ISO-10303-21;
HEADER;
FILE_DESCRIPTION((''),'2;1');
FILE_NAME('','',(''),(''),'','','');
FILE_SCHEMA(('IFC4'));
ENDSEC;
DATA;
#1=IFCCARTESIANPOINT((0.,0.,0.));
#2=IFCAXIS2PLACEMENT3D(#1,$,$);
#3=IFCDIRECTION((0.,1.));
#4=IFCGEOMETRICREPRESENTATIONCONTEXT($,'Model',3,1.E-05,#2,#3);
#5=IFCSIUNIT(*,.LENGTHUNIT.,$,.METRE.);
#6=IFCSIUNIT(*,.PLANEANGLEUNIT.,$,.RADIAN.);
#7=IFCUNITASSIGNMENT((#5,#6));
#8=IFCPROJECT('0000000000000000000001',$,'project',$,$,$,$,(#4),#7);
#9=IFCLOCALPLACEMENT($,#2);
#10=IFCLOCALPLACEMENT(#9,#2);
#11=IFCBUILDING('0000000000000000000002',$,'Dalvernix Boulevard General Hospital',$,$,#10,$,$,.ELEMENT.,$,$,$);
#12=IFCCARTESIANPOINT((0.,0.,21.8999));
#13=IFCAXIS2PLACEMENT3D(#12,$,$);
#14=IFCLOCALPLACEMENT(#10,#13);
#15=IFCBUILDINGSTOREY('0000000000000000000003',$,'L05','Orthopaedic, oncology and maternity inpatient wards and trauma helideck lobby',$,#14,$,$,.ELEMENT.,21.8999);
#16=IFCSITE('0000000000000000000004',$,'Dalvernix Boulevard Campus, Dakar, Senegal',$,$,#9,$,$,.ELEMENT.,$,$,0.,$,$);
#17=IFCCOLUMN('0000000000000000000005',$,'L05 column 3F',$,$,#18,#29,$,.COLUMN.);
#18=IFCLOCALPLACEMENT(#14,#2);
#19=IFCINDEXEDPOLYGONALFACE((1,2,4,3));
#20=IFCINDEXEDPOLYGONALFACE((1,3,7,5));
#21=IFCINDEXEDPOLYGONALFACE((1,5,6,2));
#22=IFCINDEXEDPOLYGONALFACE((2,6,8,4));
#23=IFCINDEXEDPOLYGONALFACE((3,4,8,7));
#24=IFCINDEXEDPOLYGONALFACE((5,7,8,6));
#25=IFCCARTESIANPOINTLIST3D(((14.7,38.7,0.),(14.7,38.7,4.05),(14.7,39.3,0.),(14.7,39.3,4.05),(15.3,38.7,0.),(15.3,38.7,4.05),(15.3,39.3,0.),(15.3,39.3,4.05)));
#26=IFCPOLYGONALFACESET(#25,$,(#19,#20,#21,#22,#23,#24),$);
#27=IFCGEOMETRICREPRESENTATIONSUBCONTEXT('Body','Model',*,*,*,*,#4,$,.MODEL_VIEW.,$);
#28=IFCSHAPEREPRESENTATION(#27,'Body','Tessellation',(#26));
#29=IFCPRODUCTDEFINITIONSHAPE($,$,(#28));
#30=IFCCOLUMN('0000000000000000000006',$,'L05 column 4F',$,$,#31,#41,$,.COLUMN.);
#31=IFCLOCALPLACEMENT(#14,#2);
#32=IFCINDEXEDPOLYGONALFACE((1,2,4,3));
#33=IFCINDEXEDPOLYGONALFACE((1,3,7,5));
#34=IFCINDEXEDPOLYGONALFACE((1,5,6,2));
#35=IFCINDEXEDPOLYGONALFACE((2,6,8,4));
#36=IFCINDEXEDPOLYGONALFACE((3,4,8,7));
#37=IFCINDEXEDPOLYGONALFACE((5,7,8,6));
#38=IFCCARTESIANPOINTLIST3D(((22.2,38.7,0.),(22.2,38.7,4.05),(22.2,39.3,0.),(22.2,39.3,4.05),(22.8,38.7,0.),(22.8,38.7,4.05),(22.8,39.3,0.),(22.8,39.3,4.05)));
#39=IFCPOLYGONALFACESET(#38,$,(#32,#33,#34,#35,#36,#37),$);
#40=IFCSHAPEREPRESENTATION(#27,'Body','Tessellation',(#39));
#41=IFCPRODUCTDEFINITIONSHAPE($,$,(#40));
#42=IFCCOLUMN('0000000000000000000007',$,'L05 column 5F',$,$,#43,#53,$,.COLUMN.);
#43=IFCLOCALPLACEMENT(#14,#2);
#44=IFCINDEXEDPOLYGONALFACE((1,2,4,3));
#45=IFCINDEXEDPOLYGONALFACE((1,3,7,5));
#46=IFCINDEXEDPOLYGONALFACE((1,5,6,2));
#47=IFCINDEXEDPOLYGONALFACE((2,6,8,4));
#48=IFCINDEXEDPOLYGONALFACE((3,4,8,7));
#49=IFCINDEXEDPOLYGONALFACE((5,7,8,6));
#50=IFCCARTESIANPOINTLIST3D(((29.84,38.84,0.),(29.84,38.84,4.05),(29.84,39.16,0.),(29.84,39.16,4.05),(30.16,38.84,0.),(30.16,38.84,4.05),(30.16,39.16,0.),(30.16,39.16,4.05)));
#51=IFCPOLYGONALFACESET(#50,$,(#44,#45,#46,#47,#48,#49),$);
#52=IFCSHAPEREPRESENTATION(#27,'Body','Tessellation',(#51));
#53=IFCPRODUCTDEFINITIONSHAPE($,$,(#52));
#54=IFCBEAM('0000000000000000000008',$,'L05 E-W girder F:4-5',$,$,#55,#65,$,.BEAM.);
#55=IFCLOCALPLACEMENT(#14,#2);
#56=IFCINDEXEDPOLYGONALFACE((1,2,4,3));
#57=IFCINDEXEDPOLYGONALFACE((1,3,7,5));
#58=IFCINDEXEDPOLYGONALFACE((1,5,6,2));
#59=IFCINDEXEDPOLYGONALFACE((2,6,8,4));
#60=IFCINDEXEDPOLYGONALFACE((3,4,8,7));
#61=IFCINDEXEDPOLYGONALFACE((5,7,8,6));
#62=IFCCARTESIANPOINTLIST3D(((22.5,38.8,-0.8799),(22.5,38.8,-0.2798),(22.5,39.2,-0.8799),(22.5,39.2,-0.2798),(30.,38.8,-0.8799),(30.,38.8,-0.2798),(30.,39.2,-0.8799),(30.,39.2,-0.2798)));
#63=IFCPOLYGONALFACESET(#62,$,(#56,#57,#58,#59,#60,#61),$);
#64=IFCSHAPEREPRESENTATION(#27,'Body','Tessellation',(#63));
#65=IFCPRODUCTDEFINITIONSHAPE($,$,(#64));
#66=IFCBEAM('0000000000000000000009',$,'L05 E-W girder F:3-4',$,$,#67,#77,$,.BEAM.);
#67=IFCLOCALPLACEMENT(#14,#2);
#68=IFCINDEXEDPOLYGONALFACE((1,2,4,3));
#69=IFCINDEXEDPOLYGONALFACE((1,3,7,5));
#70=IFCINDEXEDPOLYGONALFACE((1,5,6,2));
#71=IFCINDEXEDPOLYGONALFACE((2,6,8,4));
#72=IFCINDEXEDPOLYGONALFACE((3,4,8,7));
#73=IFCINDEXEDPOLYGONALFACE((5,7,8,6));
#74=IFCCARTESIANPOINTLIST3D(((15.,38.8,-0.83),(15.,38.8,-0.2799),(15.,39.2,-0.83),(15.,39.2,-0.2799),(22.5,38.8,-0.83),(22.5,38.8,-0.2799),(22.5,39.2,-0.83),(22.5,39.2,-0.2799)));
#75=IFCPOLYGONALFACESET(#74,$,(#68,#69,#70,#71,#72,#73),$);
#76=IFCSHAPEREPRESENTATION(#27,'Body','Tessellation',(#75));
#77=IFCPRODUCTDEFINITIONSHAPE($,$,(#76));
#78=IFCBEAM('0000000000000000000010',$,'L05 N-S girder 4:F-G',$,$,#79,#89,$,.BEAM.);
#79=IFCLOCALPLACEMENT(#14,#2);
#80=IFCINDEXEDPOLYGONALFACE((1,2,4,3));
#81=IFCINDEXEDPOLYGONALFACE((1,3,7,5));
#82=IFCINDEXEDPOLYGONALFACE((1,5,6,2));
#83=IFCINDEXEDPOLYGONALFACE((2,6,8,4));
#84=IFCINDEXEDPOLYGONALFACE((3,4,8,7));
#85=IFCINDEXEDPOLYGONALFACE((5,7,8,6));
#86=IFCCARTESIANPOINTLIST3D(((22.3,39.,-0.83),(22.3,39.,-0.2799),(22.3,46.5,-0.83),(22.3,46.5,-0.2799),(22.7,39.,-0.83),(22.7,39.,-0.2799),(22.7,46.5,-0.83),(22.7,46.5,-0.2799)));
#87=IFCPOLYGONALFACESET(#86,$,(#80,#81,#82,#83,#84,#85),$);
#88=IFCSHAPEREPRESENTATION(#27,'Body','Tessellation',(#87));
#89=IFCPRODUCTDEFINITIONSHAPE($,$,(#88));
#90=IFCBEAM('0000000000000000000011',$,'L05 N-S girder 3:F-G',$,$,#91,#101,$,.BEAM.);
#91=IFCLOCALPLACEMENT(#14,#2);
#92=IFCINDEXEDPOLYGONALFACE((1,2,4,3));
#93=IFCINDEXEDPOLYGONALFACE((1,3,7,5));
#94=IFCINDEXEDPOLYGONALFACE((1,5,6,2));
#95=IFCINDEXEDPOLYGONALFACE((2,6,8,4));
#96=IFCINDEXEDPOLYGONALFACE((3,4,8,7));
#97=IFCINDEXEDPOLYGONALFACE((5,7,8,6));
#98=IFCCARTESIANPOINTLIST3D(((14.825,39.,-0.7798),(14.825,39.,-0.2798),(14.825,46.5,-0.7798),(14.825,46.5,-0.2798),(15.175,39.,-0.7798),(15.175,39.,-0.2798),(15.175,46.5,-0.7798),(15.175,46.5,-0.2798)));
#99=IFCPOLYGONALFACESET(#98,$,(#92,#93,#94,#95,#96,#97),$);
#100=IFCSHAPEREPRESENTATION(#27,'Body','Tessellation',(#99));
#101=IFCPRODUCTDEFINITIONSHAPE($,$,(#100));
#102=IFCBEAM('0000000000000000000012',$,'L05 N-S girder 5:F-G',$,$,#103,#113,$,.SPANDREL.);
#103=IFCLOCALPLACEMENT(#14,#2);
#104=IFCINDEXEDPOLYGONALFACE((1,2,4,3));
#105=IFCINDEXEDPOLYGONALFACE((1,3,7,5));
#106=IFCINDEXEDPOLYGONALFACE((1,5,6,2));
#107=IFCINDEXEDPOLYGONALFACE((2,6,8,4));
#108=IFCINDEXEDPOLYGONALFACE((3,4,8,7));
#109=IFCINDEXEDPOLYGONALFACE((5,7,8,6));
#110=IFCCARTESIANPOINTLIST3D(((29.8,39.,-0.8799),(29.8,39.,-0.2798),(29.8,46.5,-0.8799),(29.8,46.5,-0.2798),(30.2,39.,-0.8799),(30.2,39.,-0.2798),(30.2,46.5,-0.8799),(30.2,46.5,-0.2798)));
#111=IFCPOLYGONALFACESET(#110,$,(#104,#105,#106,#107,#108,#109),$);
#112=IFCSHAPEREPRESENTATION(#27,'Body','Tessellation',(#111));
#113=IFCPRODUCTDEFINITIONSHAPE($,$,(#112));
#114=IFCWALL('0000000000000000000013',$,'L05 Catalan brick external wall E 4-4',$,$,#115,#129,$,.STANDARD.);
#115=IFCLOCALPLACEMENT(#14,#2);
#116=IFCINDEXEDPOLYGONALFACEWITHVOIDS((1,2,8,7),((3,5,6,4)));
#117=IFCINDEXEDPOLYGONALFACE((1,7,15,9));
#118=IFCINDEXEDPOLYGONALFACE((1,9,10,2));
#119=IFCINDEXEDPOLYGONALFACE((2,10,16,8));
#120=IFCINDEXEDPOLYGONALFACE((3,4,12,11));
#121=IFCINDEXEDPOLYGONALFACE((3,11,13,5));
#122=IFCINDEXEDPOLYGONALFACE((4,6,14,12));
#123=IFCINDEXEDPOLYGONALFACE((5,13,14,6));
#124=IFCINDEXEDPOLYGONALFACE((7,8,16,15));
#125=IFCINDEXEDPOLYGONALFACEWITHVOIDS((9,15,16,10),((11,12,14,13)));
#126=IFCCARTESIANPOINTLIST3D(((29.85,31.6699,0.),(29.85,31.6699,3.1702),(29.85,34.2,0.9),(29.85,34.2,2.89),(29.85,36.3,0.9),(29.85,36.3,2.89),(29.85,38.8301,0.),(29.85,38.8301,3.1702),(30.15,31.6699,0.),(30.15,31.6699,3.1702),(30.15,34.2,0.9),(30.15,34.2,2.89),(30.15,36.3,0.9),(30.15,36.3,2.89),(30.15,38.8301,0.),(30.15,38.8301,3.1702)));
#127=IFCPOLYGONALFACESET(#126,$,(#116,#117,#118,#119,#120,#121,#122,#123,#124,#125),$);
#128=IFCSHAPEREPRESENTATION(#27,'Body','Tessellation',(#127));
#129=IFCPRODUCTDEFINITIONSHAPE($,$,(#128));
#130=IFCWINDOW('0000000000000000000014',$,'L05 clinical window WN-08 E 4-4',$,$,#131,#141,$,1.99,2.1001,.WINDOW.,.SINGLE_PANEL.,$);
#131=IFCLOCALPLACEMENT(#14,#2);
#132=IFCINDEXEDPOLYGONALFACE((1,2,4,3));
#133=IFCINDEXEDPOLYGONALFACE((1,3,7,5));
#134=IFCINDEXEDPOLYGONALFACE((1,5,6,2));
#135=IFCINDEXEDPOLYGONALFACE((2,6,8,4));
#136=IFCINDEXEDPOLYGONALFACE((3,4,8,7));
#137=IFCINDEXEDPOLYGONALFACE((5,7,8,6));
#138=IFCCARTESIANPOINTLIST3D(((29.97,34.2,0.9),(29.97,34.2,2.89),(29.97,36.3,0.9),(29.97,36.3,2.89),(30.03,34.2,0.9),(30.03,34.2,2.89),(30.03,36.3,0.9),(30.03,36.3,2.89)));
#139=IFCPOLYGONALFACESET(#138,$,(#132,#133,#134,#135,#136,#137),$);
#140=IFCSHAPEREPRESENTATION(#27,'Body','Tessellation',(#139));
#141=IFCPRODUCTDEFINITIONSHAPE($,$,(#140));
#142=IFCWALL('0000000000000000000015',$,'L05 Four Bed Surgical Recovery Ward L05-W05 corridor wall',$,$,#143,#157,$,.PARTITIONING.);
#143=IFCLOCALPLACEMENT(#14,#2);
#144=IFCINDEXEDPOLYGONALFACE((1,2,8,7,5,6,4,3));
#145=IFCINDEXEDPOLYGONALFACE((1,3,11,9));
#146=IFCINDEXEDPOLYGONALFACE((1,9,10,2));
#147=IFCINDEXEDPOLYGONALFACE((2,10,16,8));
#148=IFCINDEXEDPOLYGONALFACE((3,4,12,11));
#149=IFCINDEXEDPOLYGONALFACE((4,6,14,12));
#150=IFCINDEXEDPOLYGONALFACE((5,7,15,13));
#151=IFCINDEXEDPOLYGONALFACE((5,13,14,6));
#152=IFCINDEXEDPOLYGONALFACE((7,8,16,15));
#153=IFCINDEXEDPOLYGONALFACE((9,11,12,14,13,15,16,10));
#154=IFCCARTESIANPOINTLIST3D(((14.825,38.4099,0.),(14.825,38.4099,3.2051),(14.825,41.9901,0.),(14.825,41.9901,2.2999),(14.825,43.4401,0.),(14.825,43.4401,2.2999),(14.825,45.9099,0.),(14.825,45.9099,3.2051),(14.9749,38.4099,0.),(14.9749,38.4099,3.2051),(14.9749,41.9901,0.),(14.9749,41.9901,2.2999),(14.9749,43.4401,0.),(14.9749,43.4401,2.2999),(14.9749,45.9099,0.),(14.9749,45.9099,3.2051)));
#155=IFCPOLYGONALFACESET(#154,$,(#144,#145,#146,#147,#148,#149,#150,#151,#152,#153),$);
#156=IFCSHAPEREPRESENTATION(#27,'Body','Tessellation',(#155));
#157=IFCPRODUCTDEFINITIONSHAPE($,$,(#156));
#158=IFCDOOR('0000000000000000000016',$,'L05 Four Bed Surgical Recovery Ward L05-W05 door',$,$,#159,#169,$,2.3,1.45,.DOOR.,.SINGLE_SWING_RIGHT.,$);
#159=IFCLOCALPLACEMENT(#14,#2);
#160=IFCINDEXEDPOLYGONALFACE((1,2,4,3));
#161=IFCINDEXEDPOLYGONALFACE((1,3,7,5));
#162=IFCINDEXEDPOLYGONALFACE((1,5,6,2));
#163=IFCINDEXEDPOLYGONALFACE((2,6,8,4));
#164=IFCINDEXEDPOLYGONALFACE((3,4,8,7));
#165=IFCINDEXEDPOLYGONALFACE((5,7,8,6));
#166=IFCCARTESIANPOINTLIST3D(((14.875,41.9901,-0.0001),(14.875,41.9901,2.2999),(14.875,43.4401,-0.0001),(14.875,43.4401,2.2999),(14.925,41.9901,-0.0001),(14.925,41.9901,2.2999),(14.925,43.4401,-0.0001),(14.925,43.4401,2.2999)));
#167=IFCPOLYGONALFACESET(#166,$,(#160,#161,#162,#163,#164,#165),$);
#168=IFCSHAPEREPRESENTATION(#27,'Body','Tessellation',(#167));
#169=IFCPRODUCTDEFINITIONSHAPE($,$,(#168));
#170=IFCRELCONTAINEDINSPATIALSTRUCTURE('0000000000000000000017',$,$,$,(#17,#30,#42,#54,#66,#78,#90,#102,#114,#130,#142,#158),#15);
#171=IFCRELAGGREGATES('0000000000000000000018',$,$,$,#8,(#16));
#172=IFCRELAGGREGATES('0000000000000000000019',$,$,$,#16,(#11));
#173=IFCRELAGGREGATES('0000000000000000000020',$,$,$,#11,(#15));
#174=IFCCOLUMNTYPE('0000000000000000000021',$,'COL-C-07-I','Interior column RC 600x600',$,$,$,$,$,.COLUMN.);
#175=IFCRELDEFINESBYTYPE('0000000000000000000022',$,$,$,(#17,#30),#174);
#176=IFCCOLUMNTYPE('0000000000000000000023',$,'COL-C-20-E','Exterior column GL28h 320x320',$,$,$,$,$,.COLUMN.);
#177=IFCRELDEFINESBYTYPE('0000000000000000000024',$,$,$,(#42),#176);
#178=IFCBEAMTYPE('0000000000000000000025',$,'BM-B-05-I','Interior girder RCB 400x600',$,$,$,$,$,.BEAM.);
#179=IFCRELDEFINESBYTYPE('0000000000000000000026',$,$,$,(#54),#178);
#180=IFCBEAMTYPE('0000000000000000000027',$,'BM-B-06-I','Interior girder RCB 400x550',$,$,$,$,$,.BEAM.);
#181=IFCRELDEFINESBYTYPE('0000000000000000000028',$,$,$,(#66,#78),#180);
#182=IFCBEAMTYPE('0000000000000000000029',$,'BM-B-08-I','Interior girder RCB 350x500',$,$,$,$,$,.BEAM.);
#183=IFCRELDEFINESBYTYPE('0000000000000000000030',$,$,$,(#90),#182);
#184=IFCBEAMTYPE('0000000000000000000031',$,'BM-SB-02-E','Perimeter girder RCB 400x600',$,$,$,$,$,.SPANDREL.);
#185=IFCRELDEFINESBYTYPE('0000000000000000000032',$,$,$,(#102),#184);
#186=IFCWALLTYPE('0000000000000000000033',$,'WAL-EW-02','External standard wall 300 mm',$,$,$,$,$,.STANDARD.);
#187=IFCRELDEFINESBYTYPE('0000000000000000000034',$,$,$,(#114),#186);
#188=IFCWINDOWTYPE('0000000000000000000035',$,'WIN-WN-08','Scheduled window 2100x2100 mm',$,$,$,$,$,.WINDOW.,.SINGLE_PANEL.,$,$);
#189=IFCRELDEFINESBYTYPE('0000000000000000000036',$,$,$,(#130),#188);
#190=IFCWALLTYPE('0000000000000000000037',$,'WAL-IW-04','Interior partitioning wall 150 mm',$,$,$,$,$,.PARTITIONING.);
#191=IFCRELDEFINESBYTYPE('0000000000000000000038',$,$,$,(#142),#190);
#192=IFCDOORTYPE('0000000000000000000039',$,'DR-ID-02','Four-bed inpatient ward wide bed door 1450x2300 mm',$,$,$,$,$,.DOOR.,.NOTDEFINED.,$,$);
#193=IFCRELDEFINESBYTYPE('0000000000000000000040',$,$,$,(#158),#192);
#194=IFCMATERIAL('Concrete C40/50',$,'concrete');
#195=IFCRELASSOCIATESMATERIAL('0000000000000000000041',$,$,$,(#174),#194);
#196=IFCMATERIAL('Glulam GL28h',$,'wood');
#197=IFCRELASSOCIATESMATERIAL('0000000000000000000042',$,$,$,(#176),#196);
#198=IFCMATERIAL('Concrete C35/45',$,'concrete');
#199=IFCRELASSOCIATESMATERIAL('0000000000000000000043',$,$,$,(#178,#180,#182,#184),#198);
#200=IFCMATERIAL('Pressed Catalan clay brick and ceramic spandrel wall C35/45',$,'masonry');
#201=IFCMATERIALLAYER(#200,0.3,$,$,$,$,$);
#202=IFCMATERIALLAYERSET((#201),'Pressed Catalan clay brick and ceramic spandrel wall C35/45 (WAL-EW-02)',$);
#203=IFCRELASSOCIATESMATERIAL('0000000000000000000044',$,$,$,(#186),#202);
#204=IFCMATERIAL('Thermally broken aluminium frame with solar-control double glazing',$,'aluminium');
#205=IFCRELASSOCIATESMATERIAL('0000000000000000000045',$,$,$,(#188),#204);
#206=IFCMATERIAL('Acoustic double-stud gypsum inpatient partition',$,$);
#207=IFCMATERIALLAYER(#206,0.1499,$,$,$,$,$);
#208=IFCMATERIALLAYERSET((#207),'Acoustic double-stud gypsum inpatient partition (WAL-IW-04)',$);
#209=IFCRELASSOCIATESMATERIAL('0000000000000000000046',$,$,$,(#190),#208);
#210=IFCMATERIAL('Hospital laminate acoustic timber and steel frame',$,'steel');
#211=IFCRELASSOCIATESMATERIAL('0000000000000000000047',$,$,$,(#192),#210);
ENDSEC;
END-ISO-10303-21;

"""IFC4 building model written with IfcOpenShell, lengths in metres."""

from ifc_helpers import new_model, si_unit, direction, frame, frame_2d, origin, origin_2d, place, context, subcontext, project, spatial, rectangle, extrude, material, layer, layer_set, material_profile, profile_set, type_object, element, fill, save


model = new_model("IFC4")

# Units and contexts
model_context = context("Model", 3, precision=1e-05, world=origin(), true_north=direction((0.0, 1.0)))
body_context = subcontext(model_context, "Body", "Model", "MODEL_VIEW")
ifc_project = project(units=[si_unit("LENGTHUNIT", "METRE"), si_unit("PLANEANGLEUNIT", "RADIAN")], contexts=[model_context])

# Site, building, storey
site_placement = place(None, origin())
site = spatial("IfcSite", under=ifc_project, at=site_placement, Name="Dalvernix Boulevard Campus, Dakar, Senegal", CompositionType="ELEMENT", RefElevation=0.0)
building_placement = place(site_placement, origin())
building = spatial("IfcBuilding", under=site, at=building_placement, Name="Dalvernix Boulevard General Hospital", CompositionType="ELEMENT")
storey_placement = place(building_placement, frame((0.0, 0.0, 21.8999)))
storey = spatial("IfcBuildingStorey", under=building, at=storey_placement, Name="L05", Description="Orthopaedic, oncology and maternity inpatient wards and trauma helideck lobby", CompositionType="ELEMENT", Elevation=21.8999)

# Columns
ifc_material_1 = material(Name="Concrete C40/50", Category="concrete")
ifc_material_profile_1 = material_profile(ifc_material_1, rectangle(XDim=0.6001, YDim=0.6001, at=origin_2d()), Name="RC 600x600")
ifc_profile_set_1 = profile_set([ifc_material_profile_1], Name="Concrete C40/50")
column_type_1 = type_object("IfcColumnType", Name="COL-C-07-I", Description="Interior column RC 600x600", PredefinedType="COLUMN", material=ifc_profile_set_1)
for number, where, z_axis, x_axis, name in (
    (1, (15.0, 39.0, 0.0), (0.0, 0.0, 1.0), (1.0, 0.0, 0.0), "L05 column 3F"),
    (2, (22.5, 39.0, 0.0), (0.0, 0.0, 1.0), (1.0, 0.0, 0.0), "L05 column 4F"),
):
    element("IfcColumn", number, at=place(storey_placement, frame(where, z_axis=z_axis, x_axis=x_axis)), inside=storey, type_object=column_type_1, Name=name, PredefinedType="COLUMN", context=body_context, shape_type="SweptSolid", body=[
        extrude(rectangle(XDim=0.6001, YDim=0.6001, at=origin_2d()), origin(), (0.0, 0.0, 1.0), 4.05),
    ])
ifc_material_2 = material(Name="Glulam GL28h", Category="wood")
ifc_material_profile_2 = material_profile(ifc_material_2, rectangle(XDim=0.3201, YDim=0.3201, at=origin_2d()), Name="GL28h 320x320")
ifc_profile_set_2 = profile_set([ifc_material_profile_2], Name="Glulam GL28h")
column_type_2 = type_object("IfcColumnType", Name="COL-C-20-E", Description="Exterior column GL28h 320x320", PredefinedType="COLUMN", material=ifc_profile_set_2)
column_placement = place(storey_placement, frame((30.0, 39.0, 0.0), z_axis=(0.0, 0.0, 1.0), x_axis=(1.0, 0.0, 0.0)))
element("IfcColumn", 3, at=column_placement, inside=storey, type_object=column_type_2, Name="L05 column 5F", PredefinedType="COLUMN", context=body_context, shape_type="SweptSolid", body=[
    extrude(rectangle(XDim=0.3201, YDim=0.3201, at=origin_2d()), origin(), (0.0, 0.0, 1.0), 4.05),
])

# Beams
ifc_material_3 = material(Name="Concrete C35/45", Category="concrete")
ifc_material_profile_3 = material_profile(ifc_material_3, rectangle(XDim=0.3999, YDim=0.6001, at=origin_2d()), Name="RCB 400x600")
ifc_profile_set_3 = profile_set([ifc_material_profile_3], Name="Concrete C35/45")
beam_type_1 = type_object("IfcBeamType", Name="BM-B-05-I", Description="Interior girder RCB 400x600", PredefinedType="BEAM", material=ifc_profile_set_3)
beam_1_placement = place(storey_placement, frame((22.5, 39.0, -0.5798), z_axis=(1.0, 0.0, 0.0), x_axis=(0.0, 1.0, 0.0)))
element("IfcBeam", 4, at=beam_1_placement, inside=storey, type_object=beam_type_1, Name="L05 E-W girder F:4-5", PredefinedType="BEAM", context=body_context, shape_type="SweptSolid", body=[
    extrude(rectangle(XDim=0.3999, YDim=0.6001, at=origin_2d()), origin(), (0.0, 0.0, 1.0), 7.5),
])
ifc_material_profile_4 = material_profile(ifc_material_3, rectangle(XDim=0.3999, YDim=0.55, at=origin_2d()), Name="RCB 400x550")
ifc_profile_set_4 = profile_set([ifc_material_profile_4], Name="Concrete C35/45")
beam_type_2 = type_object("IfcBeamType", Name="BM-B-06-I", Description="Interior girder RCB 400x550", PredefinedType="BEAM", material=ifc_profile_set_4)
for number, where, z_axis, x_axis, name in (
    (5, (15.0, 39.0, -0.5549), (1.0, 0.0, 0.0), (0.0, 1.0, 0.0), "L05 E-W girder F:3-4"),
    (6, (22.5, 39.0, -0.5549), (0.0, 1.0, 0.0), (-1.0, 0.0, 0.0), "L05 N-S girder 4:F-G"),
):
    element("IfcBeam", number, at=place(storey_placement, frame(where, z_axis=z_axis, x_axis=x_axis)), inside=storey, type_object=beam_type_2, Name=name, PredefinedType="BEAM", context=body_context, shape_type="SweptSolid", body=[
        extrude(rectangle(XDim=0.3999, YDim=0.55, at=origin_2d()), origin(), (0.0, 0.0, 1.0), 7.5),
    ])
ifc_material_profile_5 = material_profile(ifc_material_3, rectangle(XDim=0.3501, YDim=0.5, at=origin_2d()), Name="RCB 350x500")
ifc_profile_set_5 = profile_set([ifc_material_profile_5], Name="Concrete C35/45")
beam_type_3 = type_object("IfcBeamType", Name="BM-B-08-I", Description="Interior girder RCB 350x500", PredefinedType="BEAM", material=ifc_profile_set_5)
beam_2_placement = place(storey_placement, frame((15.0, 39.0, -0.5298), z_axis=(0.0, 1.0, 0.0), x_axis=(-1.0, 0.0, 0.0)))
element("IfcBeam", 7, at=beam_2_placement, inside=storey, type_object=beam_type_3, Name="L05 N-S girder 3:F-G", PredefinedType="BEAM", context=body_context, shape_type="SweptSolid", body=[
    extrude(rectangle(XDim=0.3501, YDim=0.5, at=origin_2d()), origin(), (0.0, 0.0, 1.0), 7.5),
])
ifc_material_profile_6 = material_profile(ifc_material_3, rectangle(XDim=0.3999, YDim=0.6001, at=origin_2d()), Name="RCB 400x600")
ifc_profile_set_6 = profile_set([ifc_material_profile_6], Name="Concrete C35/45")
beam_type_4 = type_object("IfcBeamType", Name="BM-SB-02-E", Description="Perimeter girder RCB 400x600", PredefinedType="SPANDREL", material=ifc_profile_set_6)
beam_3_placement = place(storey_placement, frame((30.0, 39.0, -0.5798), z_axis=(0.0, 1.0, 0.0), x_axis=(-1.0, 0.0, 0.0)))
element("IfcBeam", 8, at=beam_3_placement, inside=storey, type_object=beam_type_4, Name="L05 N-S girder 5:F-G", PredefinedType="SPANDREL", context=body_context, shape_type="SweptSolid", body=[
    extrude(rectangle(XDim=0.3999, YDim=0.6001, at=origin_2d()), origin(), (0.0, 0.0, 1.0), 7.5),
])

# Wall, opening, window
ifc_material_4 = material(Name="Pressed Catalan clay brick and ceramic spandrel wall C35/45", Category="masonry")
ifc_layer_1 = layer(ifc_material_4, 0.3)
ifc_layer_set_1 = layer_set([ifc_layer_1], Name="Pressed Catalan clay brick and ceramic spandrel wall C35/45 (WAL-EW-02)")
wall_type_1 = type_object("IfcWallType", Name="WAL-EW-02", Description="External standard wall 300 mm", PredefinedType="STANDARD", material=ifc_layer_set_1)
wall_1_placement = place(storey_placement, frame((30.0, 38.8301, 0.0), z_axis=(0.0, 0.0, 1.0), x_axis=(0.0, -1.0, 0.0)))
wall_1 = element("IfcWall", 9, at=wall_1_placement, inside=storey, type_object=wall_type_1, Name="L05 Catalan brick external wall E 4-4", PredefinedType="STANDARD", context=body_context, shape_type="SweptSolid", body=[
    extrude(rectangle(XDim=7.1602, YDim=0.3, at=frame_2d((3.5801, 0.0))), origin(), (0.0, 0.0, 1.0), 3.1702),
])
opening_1_placement = place(wall_1_placement, frame((2.53, 0.0, 0.8999)))
opening_1 = element("IfcOpeningElement", 10, at=opening_1_placement, cuts=wall_1, PredefinedType="OPENING", context=body_context, shape_type="SweptSolid", body=[
    extrude(rectangle(XDim=2.1001, YDim=1.99, at=frame_2d((1.05, 0.9951))), frame((0.0, 0.1599, 0.0), z_axis=(0.0, -1.0, 0.0), x_axis=(1.0, 0.0, 0.0)), (0.0, 0.0, 1.0), 0.3201),
])
ifc_material_5 = material(Name="Thermally broken aluminium frame with solar-control double glazing", Category="aluminium")
window_type = type_object("IfcWindowType", Name="WIN-WN-08", Description="Scheduled window 2100x2100 mm", PartitioningType="SINGLE_PANEL", PredefinedType="WINDOW", material=ifc_material_5)
window_placement = place(opening_1_placement, origin())
window = element("IfcWindow", 11, at=window_placement, inside=storey, type_object=window_type, Name="L05 clinical window WN-08 E 4-4", OverallHeight=1.99, OverallWidth=2.1001, PartitioningType="SINGLE_PANEL", PredefinedType="WINDOW", context=body_context, shape_type="SweptSolid", body=[
    extrude(rectangle(XDim=2.1001, YDim=1.99, at=frame_2d((1.05, 0.9951))), frame((0.0, 0.03, 0.0), z_axis=(0.0, -1.0, 0.0), x_axis=(1.0, 0.0, 0.0)), (0.0, 0.0, 1.0), 0.0601),
])
fill(opening_1, window)

# Wall, opening, door
ifc_material_6 = material(Name="Acoustic double-stud gypsum inpatient partition")
ifc_layer_2 = layer(ifc_material_6, 0.1499)
ifc_layer_set_2 = layer_set([ifc_layer_2], Name="Acoustic double-stud gypsum inpatient partition (WAL-IW-04)")
wall_type_2 = type_object("IfcWallType", Name="WAL-IW-04", Description="Interior partitioning wall 150 mm", PredefinedType="PARTITIONING", material=ifc_layer_set_2)
wall_2_placement = place(storey_placement, frame((14.8999, 38.4099, 0.0), z_axis=(0.0, 0.0, 1.0), x_axis=(0.0, 1.0, 0.0)))
wall_2 = element("IfcWall", 12, at=wall_2_placement, inside=storey, type_object=wall_type_2, Name="L05 Four Bed Surgical Recovery Ward L05-W05 corridor wall", PredefinedType="PARTITIONING", context=body_context, shape_type="SweptSolid", body=[
    extrude(rectangle(XDim=7.5, YDim=0.1499, at=frame_2d((3.75, 0.0))), origin(), (0.0, 0.0, 1.0), 3.2051),
])
opening_2_placement = place(wall_2_placement, frame((3.5801, 0.0, 0.0)))
opening_2 = element("IfcOpeningElement", 13, at=opening_2_placement, cuts=wall_2, PredefinedType="OPENING", context=body_context, shape_type="SweptSolid", body=[
    extrude(rectangle(XDim=1.45, YDim=2.3, at=frame_2d((0.7251, 1.1499))), frame((0.0, 0.085, 0.0), z_axis=(0.0, -1.0, 0.0), x_axis=(1.0, 0.0, 0.0)), (0.0, 0.0, 1.0), 0.1699),
])
ifc_material_7 = material(Name="Hospital laminate acoustic timber and steel frame", Category="steel")
door_type_1 = type_object("IfcDoorType", Name="DR-ID-02", Description="Four-bed inpatient ward wide bed door 1450x2300 mm", OperationType="NOTDEFINED", PredefinedType="DOOR", material=ifc_material_7)
door_1_placement = place(opening_2_placement, origin())
door_1 = element("IfcDoor", 14, at=door_1_placement, inside=storey, type_object=door_type_1, Name="L05 Four Bed Surgical Recovery Ward L05-W05 door", OperationType="SINGLE_SWING_RIGHT", OverallHeight=2.3, OverallWidth=1.45, PredefinedType="DOOR", context=body_context, shape_type="SweptSolid", body=[
    extrude(rectangle(XDim=1.45, YDim=2.3, at=frame_2d((0.7251, 1.1499))), frame((0.0, 0.0249, 0.0), z_axis=(0.0, -1.0, 0.0), x_axis=(1.0, 0.0, 0.0)), (0.0, 0.0, 1.0), 0.05),
])
fill(opening_2, door_1)

save(model, "model.ifc")
